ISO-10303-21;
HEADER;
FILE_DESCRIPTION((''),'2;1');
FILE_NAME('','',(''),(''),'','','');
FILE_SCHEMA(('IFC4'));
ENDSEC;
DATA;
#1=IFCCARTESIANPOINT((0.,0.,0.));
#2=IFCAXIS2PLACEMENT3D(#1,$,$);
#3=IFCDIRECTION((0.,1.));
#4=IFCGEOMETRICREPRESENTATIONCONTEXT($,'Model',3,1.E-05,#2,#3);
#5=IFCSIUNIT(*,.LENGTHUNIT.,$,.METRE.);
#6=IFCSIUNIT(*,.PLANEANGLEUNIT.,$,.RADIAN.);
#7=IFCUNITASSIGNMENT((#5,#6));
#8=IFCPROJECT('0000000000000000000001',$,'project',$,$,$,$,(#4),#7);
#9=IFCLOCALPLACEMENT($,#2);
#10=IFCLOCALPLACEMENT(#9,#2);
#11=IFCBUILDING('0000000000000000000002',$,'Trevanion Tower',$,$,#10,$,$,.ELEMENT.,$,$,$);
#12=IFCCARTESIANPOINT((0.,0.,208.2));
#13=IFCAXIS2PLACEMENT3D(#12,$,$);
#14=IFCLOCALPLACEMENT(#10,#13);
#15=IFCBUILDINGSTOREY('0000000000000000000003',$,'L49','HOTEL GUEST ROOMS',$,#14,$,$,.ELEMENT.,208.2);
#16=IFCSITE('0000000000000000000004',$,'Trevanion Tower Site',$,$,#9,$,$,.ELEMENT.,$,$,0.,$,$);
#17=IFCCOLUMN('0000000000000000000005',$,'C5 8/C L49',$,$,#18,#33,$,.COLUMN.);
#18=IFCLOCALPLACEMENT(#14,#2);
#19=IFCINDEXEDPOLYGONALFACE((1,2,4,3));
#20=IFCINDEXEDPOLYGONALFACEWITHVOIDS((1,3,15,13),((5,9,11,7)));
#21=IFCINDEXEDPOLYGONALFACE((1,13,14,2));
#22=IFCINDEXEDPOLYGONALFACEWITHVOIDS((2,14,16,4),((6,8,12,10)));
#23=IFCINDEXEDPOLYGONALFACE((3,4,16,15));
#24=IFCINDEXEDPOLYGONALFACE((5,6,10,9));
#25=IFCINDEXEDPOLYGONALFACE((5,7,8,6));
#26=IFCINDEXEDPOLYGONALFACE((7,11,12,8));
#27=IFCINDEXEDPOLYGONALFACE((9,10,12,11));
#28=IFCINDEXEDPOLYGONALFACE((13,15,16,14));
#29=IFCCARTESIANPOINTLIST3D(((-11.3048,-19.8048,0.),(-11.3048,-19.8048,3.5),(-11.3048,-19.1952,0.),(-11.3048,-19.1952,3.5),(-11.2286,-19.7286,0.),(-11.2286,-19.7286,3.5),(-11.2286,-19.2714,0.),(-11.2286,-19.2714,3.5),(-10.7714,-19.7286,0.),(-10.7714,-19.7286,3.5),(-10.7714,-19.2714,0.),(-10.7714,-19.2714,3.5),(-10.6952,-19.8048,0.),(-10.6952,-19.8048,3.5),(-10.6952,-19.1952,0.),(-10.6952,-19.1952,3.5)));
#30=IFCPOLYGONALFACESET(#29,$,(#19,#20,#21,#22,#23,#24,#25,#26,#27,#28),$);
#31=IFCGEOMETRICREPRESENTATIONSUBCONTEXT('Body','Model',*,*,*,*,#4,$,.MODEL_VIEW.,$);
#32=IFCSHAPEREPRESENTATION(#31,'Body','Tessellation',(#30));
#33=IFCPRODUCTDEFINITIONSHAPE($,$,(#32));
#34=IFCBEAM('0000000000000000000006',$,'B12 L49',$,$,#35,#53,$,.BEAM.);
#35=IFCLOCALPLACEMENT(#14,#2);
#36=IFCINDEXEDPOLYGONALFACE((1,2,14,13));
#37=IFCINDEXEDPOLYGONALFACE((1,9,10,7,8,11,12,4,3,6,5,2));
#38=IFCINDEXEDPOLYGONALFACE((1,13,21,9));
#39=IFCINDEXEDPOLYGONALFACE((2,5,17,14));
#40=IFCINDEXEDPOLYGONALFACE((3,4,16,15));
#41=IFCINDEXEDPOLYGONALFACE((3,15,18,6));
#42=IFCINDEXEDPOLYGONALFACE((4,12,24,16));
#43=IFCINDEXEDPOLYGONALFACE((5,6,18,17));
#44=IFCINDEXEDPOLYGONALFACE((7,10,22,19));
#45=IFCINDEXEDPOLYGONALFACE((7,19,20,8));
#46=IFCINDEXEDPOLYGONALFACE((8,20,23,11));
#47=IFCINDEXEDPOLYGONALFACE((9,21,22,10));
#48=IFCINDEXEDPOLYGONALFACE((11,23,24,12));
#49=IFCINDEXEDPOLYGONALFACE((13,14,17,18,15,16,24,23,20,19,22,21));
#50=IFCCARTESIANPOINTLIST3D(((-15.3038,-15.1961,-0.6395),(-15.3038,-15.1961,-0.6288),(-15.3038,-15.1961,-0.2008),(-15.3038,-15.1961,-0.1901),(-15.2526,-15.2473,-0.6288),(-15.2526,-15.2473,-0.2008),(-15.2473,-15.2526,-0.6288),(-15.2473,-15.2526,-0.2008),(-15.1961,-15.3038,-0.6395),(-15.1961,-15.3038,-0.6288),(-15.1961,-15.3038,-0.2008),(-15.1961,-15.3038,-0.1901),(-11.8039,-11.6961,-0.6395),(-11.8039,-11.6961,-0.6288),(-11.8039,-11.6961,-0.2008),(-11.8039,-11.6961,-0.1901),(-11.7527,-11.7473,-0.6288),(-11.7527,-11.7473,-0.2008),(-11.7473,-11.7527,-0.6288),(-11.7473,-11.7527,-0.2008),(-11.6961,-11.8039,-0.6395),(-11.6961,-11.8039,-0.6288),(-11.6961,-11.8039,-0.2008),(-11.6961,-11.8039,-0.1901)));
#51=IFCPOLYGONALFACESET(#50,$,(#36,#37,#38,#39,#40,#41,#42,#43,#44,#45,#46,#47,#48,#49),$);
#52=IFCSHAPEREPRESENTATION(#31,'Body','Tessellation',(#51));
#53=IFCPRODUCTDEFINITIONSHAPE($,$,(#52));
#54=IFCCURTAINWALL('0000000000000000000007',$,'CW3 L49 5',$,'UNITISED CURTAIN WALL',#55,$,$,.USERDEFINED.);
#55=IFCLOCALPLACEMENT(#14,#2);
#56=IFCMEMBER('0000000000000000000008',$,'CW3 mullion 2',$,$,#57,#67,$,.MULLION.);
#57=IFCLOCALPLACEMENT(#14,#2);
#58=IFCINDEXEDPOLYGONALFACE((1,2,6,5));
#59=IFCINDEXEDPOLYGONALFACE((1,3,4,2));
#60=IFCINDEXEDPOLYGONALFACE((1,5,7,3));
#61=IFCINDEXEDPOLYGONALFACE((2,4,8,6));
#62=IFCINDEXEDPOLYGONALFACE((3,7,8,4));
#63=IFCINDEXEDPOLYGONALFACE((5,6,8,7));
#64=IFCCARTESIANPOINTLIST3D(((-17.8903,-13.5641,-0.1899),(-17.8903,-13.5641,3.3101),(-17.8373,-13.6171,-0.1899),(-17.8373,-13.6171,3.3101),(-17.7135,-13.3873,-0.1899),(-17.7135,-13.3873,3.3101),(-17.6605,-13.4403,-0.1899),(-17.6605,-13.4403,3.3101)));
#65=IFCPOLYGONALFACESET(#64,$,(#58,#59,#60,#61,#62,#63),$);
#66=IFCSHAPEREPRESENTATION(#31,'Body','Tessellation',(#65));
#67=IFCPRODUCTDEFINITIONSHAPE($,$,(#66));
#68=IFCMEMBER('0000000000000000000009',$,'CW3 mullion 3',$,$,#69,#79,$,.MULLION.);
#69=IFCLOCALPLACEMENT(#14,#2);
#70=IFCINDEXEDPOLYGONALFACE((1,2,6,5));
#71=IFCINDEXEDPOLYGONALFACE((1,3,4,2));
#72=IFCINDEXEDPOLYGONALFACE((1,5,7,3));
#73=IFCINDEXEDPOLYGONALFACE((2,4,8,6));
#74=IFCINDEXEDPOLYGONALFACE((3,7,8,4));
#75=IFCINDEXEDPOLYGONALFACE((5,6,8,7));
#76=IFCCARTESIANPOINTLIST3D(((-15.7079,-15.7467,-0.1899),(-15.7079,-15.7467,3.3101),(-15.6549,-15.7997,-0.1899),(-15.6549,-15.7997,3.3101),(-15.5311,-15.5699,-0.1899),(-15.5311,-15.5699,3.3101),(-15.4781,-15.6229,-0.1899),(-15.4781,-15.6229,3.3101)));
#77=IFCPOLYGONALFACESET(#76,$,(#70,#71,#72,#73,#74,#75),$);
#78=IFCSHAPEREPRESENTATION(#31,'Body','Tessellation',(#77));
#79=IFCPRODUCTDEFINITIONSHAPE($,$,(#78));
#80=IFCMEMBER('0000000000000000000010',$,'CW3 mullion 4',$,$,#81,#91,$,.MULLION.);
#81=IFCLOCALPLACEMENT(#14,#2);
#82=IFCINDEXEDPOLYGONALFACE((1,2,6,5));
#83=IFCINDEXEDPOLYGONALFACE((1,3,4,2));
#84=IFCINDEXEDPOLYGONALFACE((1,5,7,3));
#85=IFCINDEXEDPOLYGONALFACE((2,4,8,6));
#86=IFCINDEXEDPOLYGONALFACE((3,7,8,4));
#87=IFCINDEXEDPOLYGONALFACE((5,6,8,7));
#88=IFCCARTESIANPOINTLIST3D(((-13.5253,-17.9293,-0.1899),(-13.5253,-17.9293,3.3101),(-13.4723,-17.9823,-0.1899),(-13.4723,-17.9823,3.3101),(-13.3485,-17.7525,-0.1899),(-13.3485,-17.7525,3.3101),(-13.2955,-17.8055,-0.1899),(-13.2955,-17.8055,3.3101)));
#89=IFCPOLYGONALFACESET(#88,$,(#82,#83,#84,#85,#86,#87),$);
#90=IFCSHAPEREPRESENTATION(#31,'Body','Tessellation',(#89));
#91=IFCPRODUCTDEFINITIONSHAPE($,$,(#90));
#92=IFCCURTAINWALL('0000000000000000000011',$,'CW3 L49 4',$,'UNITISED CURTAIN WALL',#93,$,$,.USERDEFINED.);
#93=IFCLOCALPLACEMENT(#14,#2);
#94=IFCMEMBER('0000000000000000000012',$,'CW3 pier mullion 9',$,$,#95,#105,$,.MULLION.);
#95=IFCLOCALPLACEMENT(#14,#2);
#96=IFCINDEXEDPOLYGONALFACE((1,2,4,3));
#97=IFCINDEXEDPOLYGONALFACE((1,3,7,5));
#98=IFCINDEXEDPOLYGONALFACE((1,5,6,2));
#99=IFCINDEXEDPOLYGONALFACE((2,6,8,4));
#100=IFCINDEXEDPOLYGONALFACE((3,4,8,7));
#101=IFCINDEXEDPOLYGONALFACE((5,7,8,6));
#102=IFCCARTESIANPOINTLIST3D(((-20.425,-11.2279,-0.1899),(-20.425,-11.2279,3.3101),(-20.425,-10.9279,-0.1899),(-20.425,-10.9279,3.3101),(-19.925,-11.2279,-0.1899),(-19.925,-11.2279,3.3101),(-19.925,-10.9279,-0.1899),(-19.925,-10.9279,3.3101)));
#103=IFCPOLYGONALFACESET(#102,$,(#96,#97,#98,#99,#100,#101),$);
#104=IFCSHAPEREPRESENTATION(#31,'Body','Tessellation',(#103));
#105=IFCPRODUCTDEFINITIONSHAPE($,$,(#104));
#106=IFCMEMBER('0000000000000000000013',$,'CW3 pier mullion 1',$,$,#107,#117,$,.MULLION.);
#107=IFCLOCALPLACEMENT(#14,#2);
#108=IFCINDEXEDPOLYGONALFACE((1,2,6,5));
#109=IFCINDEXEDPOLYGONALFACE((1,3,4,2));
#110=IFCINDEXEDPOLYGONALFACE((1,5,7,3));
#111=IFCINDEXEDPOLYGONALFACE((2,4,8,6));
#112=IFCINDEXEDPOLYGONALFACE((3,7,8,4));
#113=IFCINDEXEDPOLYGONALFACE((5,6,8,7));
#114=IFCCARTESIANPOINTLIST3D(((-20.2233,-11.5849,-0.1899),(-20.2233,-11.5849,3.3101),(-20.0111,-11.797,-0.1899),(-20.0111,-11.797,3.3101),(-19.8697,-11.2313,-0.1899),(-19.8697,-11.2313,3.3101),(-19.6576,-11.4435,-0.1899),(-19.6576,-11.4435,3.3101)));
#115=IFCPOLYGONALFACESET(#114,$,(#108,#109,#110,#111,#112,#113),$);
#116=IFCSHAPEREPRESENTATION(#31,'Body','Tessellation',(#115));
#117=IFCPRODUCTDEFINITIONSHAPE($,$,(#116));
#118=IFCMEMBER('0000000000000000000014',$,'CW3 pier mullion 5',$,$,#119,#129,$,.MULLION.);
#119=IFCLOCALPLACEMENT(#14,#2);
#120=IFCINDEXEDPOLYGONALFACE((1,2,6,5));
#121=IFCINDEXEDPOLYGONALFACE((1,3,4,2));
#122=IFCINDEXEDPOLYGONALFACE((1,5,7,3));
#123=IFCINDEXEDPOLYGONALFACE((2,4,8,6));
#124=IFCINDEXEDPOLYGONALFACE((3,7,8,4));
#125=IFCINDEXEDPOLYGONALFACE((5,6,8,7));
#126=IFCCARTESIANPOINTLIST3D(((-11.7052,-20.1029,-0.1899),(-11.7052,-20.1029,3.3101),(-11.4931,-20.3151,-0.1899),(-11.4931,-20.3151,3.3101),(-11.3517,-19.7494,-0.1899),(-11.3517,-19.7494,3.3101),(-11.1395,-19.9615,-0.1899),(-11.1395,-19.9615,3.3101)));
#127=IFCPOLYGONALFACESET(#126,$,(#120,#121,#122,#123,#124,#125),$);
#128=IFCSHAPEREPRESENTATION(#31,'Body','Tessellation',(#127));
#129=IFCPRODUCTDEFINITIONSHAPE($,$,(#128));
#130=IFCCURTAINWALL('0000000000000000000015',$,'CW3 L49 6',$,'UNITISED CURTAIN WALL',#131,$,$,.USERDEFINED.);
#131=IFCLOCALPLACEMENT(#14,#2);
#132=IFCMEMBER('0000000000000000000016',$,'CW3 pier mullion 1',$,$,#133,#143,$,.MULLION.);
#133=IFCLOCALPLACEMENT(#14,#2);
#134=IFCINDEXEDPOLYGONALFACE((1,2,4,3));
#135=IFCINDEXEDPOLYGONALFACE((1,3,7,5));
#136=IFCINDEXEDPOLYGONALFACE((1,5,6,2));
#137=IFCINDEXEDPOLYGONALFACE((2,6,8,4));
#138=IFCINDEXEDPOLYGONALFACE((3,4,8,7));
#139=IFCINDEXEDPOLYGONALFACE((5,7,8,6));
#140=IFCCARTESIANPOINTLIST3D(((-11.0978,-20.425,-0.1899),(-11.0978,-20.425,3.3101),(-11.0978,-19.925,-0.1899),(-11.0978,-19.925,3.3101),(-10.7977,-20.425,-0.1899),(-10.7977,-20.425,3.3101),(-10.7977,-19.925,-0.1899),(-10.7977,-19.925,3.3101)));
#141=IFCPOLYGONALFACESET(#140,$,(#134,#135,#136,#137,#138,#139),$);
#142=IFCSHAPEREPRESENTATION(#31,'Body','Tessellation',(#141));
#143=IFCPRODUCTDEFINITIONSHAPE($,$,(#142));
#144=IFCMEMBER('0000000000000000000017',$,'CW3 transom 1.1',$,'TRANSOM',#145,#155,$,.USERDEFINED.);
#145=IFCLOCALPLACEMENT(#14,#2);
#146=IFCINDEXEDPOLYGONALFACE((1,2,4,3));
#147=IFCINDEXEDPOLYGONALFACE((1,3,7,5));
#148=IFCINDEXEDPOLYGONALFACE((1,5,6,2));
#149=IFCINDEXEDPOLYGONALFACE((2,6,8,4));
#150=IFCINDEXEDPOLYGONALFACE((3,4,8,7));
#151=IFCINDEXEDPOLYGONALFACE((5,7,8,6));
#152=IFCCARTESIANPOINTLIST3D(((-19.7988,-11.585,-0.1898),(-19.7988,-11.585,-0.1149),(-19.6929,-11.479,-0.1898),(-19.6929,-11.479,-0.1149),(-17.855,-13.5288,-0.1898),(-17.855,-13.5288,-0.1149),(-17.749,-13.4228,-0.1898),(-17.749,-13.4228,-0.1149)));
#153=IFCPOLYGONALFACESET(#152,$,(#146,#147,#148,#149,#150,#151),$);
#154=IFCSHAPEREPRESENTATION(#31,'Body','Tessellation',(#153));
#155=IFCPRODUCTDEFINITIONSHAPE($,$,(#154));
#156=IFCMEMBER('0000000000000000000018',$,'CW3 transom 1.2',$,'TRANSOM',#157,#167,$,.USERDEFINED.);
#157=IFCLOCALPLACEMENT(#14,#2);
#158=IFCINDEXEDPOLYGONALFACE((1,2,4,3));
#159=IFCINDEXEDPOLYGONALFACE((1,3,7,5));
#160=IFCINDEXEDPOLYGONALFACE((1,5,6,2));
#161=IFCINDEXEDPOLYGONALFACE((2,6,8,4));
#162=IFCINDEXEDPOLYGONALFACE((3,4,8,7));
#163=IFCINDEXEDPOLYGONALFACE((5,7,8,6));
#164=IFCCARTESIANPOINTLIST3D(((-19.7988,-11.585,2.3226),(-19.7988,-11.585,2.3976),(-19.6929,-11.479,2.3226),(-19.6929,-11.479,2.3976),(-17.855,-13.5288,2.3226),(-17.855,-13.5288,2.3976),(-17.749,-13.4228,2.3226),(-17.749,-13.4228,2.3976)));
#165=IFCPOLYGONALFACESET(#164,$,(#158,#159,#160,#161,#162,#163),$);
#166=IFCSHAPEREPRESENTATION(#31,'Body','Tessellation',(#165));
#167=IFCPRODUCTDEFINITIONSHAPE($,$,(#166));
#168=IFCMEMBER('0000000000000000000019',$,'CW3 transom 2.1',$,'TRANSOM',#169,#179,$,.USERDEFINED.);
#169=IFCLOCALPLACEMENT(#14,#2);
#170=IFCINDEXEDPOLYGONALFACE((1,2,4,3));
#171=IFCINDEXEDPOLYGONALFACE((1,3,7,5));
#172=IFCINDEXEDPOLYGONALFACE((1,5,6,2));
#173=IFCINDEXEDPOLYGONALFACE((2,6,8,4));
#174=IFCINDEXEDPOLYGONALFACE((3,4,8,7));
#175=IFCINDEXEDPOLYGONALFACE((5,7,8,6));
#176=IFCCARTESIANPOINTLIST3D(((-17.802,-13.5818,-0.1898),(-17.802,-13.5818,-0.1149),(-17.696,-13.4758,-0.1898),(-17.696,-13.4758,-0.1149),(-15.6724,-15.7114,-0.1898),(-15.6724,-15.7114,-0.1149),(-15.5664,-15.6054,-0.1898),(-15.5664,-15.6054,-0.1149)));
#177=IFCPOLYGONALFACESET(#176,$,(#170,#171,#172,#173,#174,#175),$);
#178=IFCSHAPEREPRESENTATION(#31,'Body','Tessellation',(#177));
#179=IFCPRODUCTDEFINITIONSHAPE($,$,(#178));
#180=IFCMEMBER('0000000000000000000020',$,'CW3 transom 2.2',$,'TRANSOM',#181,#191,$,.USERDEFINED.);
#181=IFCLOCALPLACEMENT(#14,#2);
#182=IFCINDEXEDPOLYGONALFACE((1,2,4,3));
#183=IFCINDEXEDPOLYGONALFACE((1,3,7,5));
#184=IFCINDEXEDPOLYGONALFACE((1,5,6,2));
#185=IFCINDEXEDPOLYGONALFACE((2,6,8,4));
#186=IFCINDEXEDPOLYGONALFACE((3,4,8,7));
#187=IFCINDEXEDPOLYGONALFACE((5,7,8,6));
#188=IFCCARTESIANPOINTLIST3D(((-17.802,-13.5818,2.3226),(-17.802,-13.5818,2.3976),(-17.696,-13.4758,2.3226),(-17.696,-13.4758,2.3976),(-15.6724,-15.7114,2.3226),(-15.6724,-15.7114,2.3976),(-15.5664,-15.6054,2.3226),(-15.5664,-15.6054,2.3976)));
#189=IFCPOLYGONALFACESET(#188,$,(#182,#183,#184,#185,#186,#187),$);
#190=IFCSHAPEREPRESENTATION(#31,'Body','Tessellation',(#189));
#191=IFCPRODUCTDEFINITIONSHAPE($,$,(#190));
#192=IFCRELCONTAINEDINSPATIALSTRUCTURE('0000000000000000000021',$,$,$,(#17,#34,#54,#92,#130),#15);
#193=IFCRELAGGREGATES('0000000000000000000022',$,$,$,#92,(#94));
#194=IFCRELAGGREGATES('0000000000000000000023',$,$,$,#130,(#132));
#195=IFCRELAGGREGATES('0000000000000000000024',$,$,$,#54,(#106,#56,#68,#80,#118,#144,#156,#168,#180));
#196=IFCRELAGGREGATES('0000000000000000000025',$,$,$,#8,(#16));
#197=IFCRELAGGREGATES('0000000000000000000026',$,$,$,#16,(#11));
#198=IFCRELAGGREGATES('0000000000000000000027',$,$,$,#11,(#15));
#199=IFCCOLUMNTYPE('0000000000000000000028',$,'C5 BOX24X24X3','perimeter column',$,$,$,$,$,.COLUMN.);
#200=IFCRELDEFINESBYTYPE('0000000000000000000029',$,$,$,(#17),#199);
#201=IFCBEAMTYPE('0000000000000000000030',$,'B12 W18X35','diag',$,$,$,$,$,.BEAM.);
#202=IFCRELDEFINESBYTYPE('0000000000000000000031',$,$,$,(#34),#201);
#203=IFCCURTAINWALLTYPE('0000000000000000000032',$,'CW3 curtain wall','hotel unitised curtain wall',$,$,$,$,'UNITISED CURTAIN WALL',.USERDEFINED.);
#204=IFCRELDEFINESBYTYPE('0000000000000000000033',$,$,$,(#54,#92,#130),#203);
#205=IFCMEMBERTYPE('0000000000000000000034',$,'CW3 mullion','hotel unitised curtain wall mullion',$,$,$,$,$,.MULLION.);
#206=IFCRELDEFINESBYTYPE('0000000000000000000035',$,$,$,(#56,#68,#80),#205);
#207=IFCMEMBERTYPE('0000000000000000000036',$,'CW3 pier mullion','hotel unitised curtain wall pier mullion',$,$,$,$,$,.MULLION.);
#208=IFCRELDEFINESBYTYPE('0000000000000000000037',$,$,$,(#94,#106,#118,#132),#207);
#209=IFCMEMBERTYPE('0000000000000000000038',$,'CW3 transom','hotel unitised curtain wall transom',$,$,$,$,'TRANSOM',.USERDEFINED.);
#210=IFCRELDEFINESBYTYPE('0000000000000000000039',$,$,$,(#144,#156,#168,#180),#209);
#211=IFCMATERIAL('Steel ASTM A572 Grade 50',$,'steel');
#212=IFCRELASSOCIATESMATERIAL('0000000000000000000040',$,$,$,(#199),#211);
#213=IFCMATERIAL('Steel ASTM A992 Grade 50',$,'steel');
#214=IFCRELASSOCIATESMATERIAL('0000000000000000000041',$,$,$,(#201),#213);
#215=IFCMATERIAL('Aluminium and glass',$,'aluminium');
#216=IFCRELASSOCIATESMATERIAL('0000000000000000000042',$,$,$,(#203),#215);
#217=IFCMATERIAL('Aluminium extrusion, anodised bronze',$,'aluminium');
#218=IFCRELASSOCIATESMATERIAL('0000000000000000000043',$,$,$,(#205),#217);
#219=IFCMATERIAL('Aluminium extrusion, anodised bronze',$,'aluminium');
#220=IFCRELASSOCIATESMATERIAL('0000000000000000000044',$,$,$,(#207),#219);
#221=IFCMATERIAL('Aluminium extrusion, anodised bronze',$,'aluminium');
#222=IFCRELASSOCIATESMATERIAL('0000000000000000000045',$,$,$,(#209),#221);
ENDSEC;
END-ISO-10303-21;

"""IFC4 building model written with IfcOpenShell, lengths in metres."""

from ifc_helpers import new_model, si_unit, direction, frame, origin, origin_2d, place, context, subcontext, project, spatial, rectangle, hollow_rectangle, i_section, extrude, material, material_profile, profile_set, type_object, element, aggregate, save


model = new_model("IFC4")

# Units and contexts
model_context = context("Model", 3, precision=1e-05, world=origin(), true_north=direction((0.0, 1.0)))
body_context = subcontext(model_context, "Body", "Model", "MODEL_VIEW")
ifc_project = project(units=[si_unit("LENGTHUNIT", "METRE"), si_unit("PLANEANGLEUNIT", "RADIAN")], contexts=[model_context])

# Site, building, storey
site_placement = place(None, origin())
site = spatial("IfcSite", under=ifc_project, at=site_placement, Name="Trevanion Tower Site", CompositionType="ELEMENT", RefElevation=0.0)
building_placement = place(site_placement, origin())
building = spatial("IfcBuilding", under=site, at=building_placement, Name="Trevanion Tower", CompositionType="ELEMENT")
storey_placement = place(building_placement, frame((0.0, 0.0, 208.2)))
storey = spatial("IfcBuildingStorey", under=building, at=storey_placement, Name="L49", Description="HOTEL GUEST ROOMS", CompositionType="ELEMENT", Elevation=208.2)

# Column
ifc_material_1 = material(Name="Steel ASTM A572 Grade 50", Category="steel")
ifc_material_profile_1 = material_profile(ifc_material_1, hollow_rectangle(XDim=0.6096, YDim=0.6096, WallThickness=0.0762, at=origin_2d()), Name="BOX24X24X3")
ifc_profile_set_1 = profile_set([ifc_material_profile_1], Name="Steel ASTM A572 Grade 50")
column_type = type_object("IfcColumnType", Name="C5 BOX24X24X3", Description="perimeter column", PredefinedType="COLUMN", material=ifc_profile_set_1)
column_placement = place(storey_placement, frame((-11.0, -19.5, 0.0), z_axis=(0.0, 0.0, 1.0), x_axis=(1.0, 0.0, 0.0)))
element("IfcColumn", 1, at=column_placement, inside=storey, type_object=column_type, Name="C5 8/C L49", PredefinedType="COLUMN", context=body_context, shape_type="SweptSolid", body=[
    extrude(hollow_rectangle(XDim=0.6096, YDim=0.6096, WallThickness=0.0762, at=origin_2d()), origin(), (0.0, 0.0, 1.0), 3.5),
])

# Beam
ifc_material_2 = material(Name="Steel ASTM A992 Grade 50", Category="steel")
ifc_material_profile_2 = material_profile(ifc_material_2, i_section(OverallWidth=0.1523, OverallDepth=0.4495, WebThickness=0.0076, FlangeThickness=0.0107, at=origin_2d()), Name="W18X35")
ifc_profile_set_2 = profile_set([ifc_material_profile_2], Name="Steel ASTM A992 Grade 50")
beam_type_1 = type_object("IfcBeamType", Name="B12 W18X35", Description="diag", PredefinedType="BEAM", material=ifc_profile_set_2)
beam_1_placement = place(storey_placement, frame((-11.75, -11.75, -0.4148), z_axis=(-0.707107, -0.707107, 0.0), x_axis=(0.707107, -0.707107, 0.0)))
element("IfcBeam", 2, at=beam_1_placement, inside=storey, type_object=beam_type_1, Name="B12 L49", PredefinedType="BEAM", context=body_context, shape_type="SweptSolid", body=[
    extrude(i_section(OverallWidth=0.1523, OverallDepth=0.4495, WebThickness=0.0076, FlangeThickness=0.0107, at=origin_2d()), origin(), (0.0, 0.0, 1.0), 4.9497),
])

# Curtain wall, members
ifc_material_3 = material(Name="Aluminium and glass", Category="aluminium")
curtain_wall_type = type_object("IfcCurtainWallType", Name="CW3 curtain wall", Description="hotel unitised curtain wall", ElementType="UNITISED CURTAIN WALL", PredefinedType="USERDEFINED", material=ifc_material_3)
curtain_wall_1_placement = place(storey_placement, origin())
curtain_wall_1 = element("IfcCurtainWall", 3, at=curtain_wall_1_placement, inside=storey, type_object=curtain_wall_type, Name="CW3 L49 5", ObjectType="UNITISED CURTAIN WALL", PredefinedType="USERDEFINED")
ifc_material_4 = material(Name="Aluminium extrusion, anodised bronze", Category="aluminium")
ifc_material_profile_3 = material_profile(ifc_material_4, rectangle(XDim=0.075, YDim=0.25, at=origin_2d()), Name="CW3 mullion")
ifc_profile_set_3 = profile_set([ifc_material_profile_3], Name="Aluminium extrusion, anodised bronze")
member_type_1 = type_object("IfcMemberType", Name="CW3 mullion", Description="hotel unitised curtain wall mullion", PredefinedType="MULLION", material=ifc_profile_set_3)
member_1_placement = place(storey_placement, frame((-17.7754, -13.5022, -0.1899), z_axis=(0.0, 0.0, 1.0), x_axis=(0.707107, -0.707107, 0.0)))
member_1 = element("IfcMember", 4, at=member_1_placement, type_object=member_type_1, Name="CW3 mullion 2", PredefinedType="MULLION", context=body_context, shape_type="SweptSolid", body=[
    extrude(rectangle(XDim=0.075, YDim=0.25, at=origin_2d()), origin(), (0.0, 0.0, 1.0), 3.5),
])
member_2_placement = place(storey_placement, frame((-15.593, -15.6848, -0.1899), z_axis=(0.0, 0.0, 1.0), x_axis=(0.707107, -0.707107, 0.0)))
member_2 = element("IfcMember", 5, at=member_2_placement, type_object=member_type_1, Name="CW3 mullion 3", PredefinedType="MULLION", context=body_context, shape_type="SweptSolid", body=[
    extrude(rectangle(XDim=0.075, YDim=0.25, at=origin_2d()), origin(), (0.0, 0.0, 1.0), 3.5),
])
member_3_placement = place(storey_placement, frame((-13.4104, -17.8674, -0.1899), z_axis=(0.0, 0.0, 1.0), x_axis=(0.707107, -0.707107, 0.0)))
member_3 = element("IfcMember", 6, at=member_3_placement, type_object=member_type_1, Name="CW3 mullion 4", PredefinedType="MULLION", context=body_context, shape_type="SweptSolid", body=[
    extrude(rectangle(XDim=0.075, YDim=0.25, at=origin_2d()), origin(), (0.0, 0.0, 1.0), 3.5),
])

# Curtain wall, member
curtain_wall_2_placement = place(storey_placement, origin())
curtain_wall_2 = element("IfcCurtainWall", 7, at=curtain_wall_2_placement, inside=storey, type_object=curtain_wall_type, Name="CW3 L49 4", ObjectType="UNITISED CURTAIN WALL", PredefinedType="USERDEFINED")
ifc_material_5 = material(Name="Aluminium extrusion, anodised bronze", Category="aluminium")
ifc_material_profile_4 = material_profile(ifc_material_5, rectangle(XDim=0.3, YDim=0.5, at=origin_2d()), Name="CW3 pier mullion")
ifc_profile_set_4 = profile_set([ifc_material_profile_4], Name="Aluminium extrusion, anodised bronze")
member_type_2 = type_object("IfcMemberType", Name="CW3 pier mullion", Description="hotel unitised curtain wall pier mullion", PredefinedType="MULLION", material=ifc_profile_set_4)
member_4_placement = place(storey_placement, frame((-20.175, -11.0779, -0.1899), z_axis=(0.0, 0.0, 1.0), x_axis=(0.0, -1.0, 0.0)))
member_4 = element("IfcMember", 8, at=member_4_placement, type_object=member_type_2, Name="CW3 pier mullion 9", PredefinedType="MULLION", context=body_context, shape_type="SweptSolid", body=[
    extrude(rectangle(XDim=0.3, YDim=0.5, at=origin_2d()), origin(), (0.0, 0.0, 1.0), 3.5),
])
aggregate(curtain_wall_2, [member_4])

# Members
member_5_placement = place(storey_placement, frame((-19.9404, -11.5142, -0.1899), z_axis=(0.0, 0.0, 1.0), x_axis=(0.707107, -0.707107, 0.0)))
member_5 = element("IfcMember", 9, at=member_5_placement, type_object=member_type_2, Name="CW3 pier mullion 1", PredefinedType="MULLION", context=body_context, shape_type="SweptSolid", body=[
    extrude(rectangle(XDim=0.3, YDim=0.5, at=origin_2d()), origin(), (0.0, 0.0, 1.0), 3.5),
])
member_6_placement = place(storey_placement, frame((-11.4224, -20.0322, -0.1899), z_axis=(0.0, 0.0, 1.0), x_axis=(0.707107, -0.707107, 0.0)))
member_6 = element("IfcMember", 10, at=member_6_placement, type_object=member_type_2, Name="CW3 pier mullion 5", PredefinedType="MULLION", context=body_context, shape_type="SweptSolid", body=[
    extrude(rectangle(XDim=0.3, YDim=0.5, at=origin_2d()), origin(), (0.0, 0.0, 1.0), 3.5),
])

# Curtain wall, member
curtain_wall_3_placement = place(storey_placement, origin())
curtain_wall_3 = element("IfcCurtainWall", 11, at=curtain_wall_3_placement, inside=storey, type_object=curtain_wall_type, Name="CW3 L49 6", ObjectType="UNITISED CURTAIN WALL", PredefinedType="USERDEFINED")
member_7_placement = place(storey_placement, frame((-10.9478, -20.175, -0.1899), z_axis=(0.0, 0.0, 1.0), x_axis=(1.0, 0.0, 0.0)))
member_7 = element("IfcMember", 12, at=member_7_placement, type_object=member_type_2, Name="CW3 pier mullion 1", PredefinedType="MULLION", context=body_context, shape_type="SweptSolid", body=[
    extrude(rectangle(XDim=0.3, YDim=0.5, at=origin_2d()), origin(), (0.0, 0.0, 1.0), 3.5),
])

# Members
ifc_material_6 = material(Name="Aluminium extrusion, anodised bronze", Category="aluminium")
ifc_material_profile_5 = material_profile(ifc_material_6, rectangle(XDim=0.1499, YDim=0.075, at=origin_2d()), Name="CW3 transom")
ifc_profile_set_5 = profile_set([ifc_material_profile_5], Name="Aluminium extrusion, anodised bronze")
member_type_3 = type_object("IfcMemberType", Name="CW3 transom", Description="hotel unitised curtain wall transom", ElementType="TRANSOM", PredefinedType="USERDEFINED", material=ifc_profile_set_5)
member_8_placement = place(storey_placement, frame((-19.7458, -11.532, -0.1523), z_axis=(0.707107, -0.707107, 0.0), x_axis=(0.707107, 0.707107, 0.0)))
member_8 = element("IfcMember", 13, at=member_8_placement, type_object=member_type_3, Name="CW3 transom 1.1", ObjectType="TRANSOM", PredefinedType="USERDEFINED", context=body_context, shape_type="SweptSolid", body=[
    extrude(rectangle(XDim=0.1499, YDim=0.075, at=origin_2d()), origin(), (0.0, 0.0, 1.0), 2.749),
])
member_9_placement = place(storey_placement, frame((-19.7458, -11.532, 2.3601), z_axis=(0.707107, -0.707107, 0.0), x_axis=(0.707107, 0.707107, 0.0)))
member_9 = element("IfcMember", 14, at=member_9_placement, type_object=member_type_3, Name="CW3 transom 1.2", ObjectType="TRANSOM", PredefinedType="USERDEFINED", context=body_context, shape_type="SweptSolid", body=[
    extrude(rectangle(XDim=0.1499, YDim=0.075, at=origin_2d()), origin(), (0.0, 0.0, 1.0), 2.749),
])
member_10_placement = place(storey_placement, frame((-17.749, -13.5288, -0.1523), z_axis=(0.707107, -0.707107, 0.0), x_axis=(0.707107, 0.707107, 0.0)))
member_10 = element("IfcMember", 15, at=member_10_placement, type_object=member_type_3, Name="CW3 transom 2.1", ObjectType="TRANSOM", PredefinedType="USERDEFINED", context=body_context, shape_type="SweptSolid", body=[
    extrude(rectangle(XDim=0.1499, YDim=0.075, at=origin_2d()), origin(), (0.0, 0.0, 1.0), 3.0117),
])
member_11_placement = place(storey_placement, frame((-17.749, -13.5288, 2.3601), z_axis=(0.707107, -0.707107, 0.0), x_axis=(0.707107, 0.707107, 0.0)))
member_11 = element("IfcMember", 16, at=member_11_placement, type_object=member_type_3, Name="CW3 transom 2.2", ObjectType="TRANSOM", PredefinedType="USERDEFINED", context=body_context, shape_type="SweptSolid", body=[
    extrude(rectangle(XDim=0.1499, YDim=0.075, at=origin_2d()), origin(), (0.0, 0.0, 1.0), 3.0117),
])
aggregate(curtain_wall_3, [member_7])

aggregate(curtain_wall_1, [member_5, member_1, member_2, member_3, member_6, member_8, member_9, member_10, member_11])

save(model, "model.ifc")
